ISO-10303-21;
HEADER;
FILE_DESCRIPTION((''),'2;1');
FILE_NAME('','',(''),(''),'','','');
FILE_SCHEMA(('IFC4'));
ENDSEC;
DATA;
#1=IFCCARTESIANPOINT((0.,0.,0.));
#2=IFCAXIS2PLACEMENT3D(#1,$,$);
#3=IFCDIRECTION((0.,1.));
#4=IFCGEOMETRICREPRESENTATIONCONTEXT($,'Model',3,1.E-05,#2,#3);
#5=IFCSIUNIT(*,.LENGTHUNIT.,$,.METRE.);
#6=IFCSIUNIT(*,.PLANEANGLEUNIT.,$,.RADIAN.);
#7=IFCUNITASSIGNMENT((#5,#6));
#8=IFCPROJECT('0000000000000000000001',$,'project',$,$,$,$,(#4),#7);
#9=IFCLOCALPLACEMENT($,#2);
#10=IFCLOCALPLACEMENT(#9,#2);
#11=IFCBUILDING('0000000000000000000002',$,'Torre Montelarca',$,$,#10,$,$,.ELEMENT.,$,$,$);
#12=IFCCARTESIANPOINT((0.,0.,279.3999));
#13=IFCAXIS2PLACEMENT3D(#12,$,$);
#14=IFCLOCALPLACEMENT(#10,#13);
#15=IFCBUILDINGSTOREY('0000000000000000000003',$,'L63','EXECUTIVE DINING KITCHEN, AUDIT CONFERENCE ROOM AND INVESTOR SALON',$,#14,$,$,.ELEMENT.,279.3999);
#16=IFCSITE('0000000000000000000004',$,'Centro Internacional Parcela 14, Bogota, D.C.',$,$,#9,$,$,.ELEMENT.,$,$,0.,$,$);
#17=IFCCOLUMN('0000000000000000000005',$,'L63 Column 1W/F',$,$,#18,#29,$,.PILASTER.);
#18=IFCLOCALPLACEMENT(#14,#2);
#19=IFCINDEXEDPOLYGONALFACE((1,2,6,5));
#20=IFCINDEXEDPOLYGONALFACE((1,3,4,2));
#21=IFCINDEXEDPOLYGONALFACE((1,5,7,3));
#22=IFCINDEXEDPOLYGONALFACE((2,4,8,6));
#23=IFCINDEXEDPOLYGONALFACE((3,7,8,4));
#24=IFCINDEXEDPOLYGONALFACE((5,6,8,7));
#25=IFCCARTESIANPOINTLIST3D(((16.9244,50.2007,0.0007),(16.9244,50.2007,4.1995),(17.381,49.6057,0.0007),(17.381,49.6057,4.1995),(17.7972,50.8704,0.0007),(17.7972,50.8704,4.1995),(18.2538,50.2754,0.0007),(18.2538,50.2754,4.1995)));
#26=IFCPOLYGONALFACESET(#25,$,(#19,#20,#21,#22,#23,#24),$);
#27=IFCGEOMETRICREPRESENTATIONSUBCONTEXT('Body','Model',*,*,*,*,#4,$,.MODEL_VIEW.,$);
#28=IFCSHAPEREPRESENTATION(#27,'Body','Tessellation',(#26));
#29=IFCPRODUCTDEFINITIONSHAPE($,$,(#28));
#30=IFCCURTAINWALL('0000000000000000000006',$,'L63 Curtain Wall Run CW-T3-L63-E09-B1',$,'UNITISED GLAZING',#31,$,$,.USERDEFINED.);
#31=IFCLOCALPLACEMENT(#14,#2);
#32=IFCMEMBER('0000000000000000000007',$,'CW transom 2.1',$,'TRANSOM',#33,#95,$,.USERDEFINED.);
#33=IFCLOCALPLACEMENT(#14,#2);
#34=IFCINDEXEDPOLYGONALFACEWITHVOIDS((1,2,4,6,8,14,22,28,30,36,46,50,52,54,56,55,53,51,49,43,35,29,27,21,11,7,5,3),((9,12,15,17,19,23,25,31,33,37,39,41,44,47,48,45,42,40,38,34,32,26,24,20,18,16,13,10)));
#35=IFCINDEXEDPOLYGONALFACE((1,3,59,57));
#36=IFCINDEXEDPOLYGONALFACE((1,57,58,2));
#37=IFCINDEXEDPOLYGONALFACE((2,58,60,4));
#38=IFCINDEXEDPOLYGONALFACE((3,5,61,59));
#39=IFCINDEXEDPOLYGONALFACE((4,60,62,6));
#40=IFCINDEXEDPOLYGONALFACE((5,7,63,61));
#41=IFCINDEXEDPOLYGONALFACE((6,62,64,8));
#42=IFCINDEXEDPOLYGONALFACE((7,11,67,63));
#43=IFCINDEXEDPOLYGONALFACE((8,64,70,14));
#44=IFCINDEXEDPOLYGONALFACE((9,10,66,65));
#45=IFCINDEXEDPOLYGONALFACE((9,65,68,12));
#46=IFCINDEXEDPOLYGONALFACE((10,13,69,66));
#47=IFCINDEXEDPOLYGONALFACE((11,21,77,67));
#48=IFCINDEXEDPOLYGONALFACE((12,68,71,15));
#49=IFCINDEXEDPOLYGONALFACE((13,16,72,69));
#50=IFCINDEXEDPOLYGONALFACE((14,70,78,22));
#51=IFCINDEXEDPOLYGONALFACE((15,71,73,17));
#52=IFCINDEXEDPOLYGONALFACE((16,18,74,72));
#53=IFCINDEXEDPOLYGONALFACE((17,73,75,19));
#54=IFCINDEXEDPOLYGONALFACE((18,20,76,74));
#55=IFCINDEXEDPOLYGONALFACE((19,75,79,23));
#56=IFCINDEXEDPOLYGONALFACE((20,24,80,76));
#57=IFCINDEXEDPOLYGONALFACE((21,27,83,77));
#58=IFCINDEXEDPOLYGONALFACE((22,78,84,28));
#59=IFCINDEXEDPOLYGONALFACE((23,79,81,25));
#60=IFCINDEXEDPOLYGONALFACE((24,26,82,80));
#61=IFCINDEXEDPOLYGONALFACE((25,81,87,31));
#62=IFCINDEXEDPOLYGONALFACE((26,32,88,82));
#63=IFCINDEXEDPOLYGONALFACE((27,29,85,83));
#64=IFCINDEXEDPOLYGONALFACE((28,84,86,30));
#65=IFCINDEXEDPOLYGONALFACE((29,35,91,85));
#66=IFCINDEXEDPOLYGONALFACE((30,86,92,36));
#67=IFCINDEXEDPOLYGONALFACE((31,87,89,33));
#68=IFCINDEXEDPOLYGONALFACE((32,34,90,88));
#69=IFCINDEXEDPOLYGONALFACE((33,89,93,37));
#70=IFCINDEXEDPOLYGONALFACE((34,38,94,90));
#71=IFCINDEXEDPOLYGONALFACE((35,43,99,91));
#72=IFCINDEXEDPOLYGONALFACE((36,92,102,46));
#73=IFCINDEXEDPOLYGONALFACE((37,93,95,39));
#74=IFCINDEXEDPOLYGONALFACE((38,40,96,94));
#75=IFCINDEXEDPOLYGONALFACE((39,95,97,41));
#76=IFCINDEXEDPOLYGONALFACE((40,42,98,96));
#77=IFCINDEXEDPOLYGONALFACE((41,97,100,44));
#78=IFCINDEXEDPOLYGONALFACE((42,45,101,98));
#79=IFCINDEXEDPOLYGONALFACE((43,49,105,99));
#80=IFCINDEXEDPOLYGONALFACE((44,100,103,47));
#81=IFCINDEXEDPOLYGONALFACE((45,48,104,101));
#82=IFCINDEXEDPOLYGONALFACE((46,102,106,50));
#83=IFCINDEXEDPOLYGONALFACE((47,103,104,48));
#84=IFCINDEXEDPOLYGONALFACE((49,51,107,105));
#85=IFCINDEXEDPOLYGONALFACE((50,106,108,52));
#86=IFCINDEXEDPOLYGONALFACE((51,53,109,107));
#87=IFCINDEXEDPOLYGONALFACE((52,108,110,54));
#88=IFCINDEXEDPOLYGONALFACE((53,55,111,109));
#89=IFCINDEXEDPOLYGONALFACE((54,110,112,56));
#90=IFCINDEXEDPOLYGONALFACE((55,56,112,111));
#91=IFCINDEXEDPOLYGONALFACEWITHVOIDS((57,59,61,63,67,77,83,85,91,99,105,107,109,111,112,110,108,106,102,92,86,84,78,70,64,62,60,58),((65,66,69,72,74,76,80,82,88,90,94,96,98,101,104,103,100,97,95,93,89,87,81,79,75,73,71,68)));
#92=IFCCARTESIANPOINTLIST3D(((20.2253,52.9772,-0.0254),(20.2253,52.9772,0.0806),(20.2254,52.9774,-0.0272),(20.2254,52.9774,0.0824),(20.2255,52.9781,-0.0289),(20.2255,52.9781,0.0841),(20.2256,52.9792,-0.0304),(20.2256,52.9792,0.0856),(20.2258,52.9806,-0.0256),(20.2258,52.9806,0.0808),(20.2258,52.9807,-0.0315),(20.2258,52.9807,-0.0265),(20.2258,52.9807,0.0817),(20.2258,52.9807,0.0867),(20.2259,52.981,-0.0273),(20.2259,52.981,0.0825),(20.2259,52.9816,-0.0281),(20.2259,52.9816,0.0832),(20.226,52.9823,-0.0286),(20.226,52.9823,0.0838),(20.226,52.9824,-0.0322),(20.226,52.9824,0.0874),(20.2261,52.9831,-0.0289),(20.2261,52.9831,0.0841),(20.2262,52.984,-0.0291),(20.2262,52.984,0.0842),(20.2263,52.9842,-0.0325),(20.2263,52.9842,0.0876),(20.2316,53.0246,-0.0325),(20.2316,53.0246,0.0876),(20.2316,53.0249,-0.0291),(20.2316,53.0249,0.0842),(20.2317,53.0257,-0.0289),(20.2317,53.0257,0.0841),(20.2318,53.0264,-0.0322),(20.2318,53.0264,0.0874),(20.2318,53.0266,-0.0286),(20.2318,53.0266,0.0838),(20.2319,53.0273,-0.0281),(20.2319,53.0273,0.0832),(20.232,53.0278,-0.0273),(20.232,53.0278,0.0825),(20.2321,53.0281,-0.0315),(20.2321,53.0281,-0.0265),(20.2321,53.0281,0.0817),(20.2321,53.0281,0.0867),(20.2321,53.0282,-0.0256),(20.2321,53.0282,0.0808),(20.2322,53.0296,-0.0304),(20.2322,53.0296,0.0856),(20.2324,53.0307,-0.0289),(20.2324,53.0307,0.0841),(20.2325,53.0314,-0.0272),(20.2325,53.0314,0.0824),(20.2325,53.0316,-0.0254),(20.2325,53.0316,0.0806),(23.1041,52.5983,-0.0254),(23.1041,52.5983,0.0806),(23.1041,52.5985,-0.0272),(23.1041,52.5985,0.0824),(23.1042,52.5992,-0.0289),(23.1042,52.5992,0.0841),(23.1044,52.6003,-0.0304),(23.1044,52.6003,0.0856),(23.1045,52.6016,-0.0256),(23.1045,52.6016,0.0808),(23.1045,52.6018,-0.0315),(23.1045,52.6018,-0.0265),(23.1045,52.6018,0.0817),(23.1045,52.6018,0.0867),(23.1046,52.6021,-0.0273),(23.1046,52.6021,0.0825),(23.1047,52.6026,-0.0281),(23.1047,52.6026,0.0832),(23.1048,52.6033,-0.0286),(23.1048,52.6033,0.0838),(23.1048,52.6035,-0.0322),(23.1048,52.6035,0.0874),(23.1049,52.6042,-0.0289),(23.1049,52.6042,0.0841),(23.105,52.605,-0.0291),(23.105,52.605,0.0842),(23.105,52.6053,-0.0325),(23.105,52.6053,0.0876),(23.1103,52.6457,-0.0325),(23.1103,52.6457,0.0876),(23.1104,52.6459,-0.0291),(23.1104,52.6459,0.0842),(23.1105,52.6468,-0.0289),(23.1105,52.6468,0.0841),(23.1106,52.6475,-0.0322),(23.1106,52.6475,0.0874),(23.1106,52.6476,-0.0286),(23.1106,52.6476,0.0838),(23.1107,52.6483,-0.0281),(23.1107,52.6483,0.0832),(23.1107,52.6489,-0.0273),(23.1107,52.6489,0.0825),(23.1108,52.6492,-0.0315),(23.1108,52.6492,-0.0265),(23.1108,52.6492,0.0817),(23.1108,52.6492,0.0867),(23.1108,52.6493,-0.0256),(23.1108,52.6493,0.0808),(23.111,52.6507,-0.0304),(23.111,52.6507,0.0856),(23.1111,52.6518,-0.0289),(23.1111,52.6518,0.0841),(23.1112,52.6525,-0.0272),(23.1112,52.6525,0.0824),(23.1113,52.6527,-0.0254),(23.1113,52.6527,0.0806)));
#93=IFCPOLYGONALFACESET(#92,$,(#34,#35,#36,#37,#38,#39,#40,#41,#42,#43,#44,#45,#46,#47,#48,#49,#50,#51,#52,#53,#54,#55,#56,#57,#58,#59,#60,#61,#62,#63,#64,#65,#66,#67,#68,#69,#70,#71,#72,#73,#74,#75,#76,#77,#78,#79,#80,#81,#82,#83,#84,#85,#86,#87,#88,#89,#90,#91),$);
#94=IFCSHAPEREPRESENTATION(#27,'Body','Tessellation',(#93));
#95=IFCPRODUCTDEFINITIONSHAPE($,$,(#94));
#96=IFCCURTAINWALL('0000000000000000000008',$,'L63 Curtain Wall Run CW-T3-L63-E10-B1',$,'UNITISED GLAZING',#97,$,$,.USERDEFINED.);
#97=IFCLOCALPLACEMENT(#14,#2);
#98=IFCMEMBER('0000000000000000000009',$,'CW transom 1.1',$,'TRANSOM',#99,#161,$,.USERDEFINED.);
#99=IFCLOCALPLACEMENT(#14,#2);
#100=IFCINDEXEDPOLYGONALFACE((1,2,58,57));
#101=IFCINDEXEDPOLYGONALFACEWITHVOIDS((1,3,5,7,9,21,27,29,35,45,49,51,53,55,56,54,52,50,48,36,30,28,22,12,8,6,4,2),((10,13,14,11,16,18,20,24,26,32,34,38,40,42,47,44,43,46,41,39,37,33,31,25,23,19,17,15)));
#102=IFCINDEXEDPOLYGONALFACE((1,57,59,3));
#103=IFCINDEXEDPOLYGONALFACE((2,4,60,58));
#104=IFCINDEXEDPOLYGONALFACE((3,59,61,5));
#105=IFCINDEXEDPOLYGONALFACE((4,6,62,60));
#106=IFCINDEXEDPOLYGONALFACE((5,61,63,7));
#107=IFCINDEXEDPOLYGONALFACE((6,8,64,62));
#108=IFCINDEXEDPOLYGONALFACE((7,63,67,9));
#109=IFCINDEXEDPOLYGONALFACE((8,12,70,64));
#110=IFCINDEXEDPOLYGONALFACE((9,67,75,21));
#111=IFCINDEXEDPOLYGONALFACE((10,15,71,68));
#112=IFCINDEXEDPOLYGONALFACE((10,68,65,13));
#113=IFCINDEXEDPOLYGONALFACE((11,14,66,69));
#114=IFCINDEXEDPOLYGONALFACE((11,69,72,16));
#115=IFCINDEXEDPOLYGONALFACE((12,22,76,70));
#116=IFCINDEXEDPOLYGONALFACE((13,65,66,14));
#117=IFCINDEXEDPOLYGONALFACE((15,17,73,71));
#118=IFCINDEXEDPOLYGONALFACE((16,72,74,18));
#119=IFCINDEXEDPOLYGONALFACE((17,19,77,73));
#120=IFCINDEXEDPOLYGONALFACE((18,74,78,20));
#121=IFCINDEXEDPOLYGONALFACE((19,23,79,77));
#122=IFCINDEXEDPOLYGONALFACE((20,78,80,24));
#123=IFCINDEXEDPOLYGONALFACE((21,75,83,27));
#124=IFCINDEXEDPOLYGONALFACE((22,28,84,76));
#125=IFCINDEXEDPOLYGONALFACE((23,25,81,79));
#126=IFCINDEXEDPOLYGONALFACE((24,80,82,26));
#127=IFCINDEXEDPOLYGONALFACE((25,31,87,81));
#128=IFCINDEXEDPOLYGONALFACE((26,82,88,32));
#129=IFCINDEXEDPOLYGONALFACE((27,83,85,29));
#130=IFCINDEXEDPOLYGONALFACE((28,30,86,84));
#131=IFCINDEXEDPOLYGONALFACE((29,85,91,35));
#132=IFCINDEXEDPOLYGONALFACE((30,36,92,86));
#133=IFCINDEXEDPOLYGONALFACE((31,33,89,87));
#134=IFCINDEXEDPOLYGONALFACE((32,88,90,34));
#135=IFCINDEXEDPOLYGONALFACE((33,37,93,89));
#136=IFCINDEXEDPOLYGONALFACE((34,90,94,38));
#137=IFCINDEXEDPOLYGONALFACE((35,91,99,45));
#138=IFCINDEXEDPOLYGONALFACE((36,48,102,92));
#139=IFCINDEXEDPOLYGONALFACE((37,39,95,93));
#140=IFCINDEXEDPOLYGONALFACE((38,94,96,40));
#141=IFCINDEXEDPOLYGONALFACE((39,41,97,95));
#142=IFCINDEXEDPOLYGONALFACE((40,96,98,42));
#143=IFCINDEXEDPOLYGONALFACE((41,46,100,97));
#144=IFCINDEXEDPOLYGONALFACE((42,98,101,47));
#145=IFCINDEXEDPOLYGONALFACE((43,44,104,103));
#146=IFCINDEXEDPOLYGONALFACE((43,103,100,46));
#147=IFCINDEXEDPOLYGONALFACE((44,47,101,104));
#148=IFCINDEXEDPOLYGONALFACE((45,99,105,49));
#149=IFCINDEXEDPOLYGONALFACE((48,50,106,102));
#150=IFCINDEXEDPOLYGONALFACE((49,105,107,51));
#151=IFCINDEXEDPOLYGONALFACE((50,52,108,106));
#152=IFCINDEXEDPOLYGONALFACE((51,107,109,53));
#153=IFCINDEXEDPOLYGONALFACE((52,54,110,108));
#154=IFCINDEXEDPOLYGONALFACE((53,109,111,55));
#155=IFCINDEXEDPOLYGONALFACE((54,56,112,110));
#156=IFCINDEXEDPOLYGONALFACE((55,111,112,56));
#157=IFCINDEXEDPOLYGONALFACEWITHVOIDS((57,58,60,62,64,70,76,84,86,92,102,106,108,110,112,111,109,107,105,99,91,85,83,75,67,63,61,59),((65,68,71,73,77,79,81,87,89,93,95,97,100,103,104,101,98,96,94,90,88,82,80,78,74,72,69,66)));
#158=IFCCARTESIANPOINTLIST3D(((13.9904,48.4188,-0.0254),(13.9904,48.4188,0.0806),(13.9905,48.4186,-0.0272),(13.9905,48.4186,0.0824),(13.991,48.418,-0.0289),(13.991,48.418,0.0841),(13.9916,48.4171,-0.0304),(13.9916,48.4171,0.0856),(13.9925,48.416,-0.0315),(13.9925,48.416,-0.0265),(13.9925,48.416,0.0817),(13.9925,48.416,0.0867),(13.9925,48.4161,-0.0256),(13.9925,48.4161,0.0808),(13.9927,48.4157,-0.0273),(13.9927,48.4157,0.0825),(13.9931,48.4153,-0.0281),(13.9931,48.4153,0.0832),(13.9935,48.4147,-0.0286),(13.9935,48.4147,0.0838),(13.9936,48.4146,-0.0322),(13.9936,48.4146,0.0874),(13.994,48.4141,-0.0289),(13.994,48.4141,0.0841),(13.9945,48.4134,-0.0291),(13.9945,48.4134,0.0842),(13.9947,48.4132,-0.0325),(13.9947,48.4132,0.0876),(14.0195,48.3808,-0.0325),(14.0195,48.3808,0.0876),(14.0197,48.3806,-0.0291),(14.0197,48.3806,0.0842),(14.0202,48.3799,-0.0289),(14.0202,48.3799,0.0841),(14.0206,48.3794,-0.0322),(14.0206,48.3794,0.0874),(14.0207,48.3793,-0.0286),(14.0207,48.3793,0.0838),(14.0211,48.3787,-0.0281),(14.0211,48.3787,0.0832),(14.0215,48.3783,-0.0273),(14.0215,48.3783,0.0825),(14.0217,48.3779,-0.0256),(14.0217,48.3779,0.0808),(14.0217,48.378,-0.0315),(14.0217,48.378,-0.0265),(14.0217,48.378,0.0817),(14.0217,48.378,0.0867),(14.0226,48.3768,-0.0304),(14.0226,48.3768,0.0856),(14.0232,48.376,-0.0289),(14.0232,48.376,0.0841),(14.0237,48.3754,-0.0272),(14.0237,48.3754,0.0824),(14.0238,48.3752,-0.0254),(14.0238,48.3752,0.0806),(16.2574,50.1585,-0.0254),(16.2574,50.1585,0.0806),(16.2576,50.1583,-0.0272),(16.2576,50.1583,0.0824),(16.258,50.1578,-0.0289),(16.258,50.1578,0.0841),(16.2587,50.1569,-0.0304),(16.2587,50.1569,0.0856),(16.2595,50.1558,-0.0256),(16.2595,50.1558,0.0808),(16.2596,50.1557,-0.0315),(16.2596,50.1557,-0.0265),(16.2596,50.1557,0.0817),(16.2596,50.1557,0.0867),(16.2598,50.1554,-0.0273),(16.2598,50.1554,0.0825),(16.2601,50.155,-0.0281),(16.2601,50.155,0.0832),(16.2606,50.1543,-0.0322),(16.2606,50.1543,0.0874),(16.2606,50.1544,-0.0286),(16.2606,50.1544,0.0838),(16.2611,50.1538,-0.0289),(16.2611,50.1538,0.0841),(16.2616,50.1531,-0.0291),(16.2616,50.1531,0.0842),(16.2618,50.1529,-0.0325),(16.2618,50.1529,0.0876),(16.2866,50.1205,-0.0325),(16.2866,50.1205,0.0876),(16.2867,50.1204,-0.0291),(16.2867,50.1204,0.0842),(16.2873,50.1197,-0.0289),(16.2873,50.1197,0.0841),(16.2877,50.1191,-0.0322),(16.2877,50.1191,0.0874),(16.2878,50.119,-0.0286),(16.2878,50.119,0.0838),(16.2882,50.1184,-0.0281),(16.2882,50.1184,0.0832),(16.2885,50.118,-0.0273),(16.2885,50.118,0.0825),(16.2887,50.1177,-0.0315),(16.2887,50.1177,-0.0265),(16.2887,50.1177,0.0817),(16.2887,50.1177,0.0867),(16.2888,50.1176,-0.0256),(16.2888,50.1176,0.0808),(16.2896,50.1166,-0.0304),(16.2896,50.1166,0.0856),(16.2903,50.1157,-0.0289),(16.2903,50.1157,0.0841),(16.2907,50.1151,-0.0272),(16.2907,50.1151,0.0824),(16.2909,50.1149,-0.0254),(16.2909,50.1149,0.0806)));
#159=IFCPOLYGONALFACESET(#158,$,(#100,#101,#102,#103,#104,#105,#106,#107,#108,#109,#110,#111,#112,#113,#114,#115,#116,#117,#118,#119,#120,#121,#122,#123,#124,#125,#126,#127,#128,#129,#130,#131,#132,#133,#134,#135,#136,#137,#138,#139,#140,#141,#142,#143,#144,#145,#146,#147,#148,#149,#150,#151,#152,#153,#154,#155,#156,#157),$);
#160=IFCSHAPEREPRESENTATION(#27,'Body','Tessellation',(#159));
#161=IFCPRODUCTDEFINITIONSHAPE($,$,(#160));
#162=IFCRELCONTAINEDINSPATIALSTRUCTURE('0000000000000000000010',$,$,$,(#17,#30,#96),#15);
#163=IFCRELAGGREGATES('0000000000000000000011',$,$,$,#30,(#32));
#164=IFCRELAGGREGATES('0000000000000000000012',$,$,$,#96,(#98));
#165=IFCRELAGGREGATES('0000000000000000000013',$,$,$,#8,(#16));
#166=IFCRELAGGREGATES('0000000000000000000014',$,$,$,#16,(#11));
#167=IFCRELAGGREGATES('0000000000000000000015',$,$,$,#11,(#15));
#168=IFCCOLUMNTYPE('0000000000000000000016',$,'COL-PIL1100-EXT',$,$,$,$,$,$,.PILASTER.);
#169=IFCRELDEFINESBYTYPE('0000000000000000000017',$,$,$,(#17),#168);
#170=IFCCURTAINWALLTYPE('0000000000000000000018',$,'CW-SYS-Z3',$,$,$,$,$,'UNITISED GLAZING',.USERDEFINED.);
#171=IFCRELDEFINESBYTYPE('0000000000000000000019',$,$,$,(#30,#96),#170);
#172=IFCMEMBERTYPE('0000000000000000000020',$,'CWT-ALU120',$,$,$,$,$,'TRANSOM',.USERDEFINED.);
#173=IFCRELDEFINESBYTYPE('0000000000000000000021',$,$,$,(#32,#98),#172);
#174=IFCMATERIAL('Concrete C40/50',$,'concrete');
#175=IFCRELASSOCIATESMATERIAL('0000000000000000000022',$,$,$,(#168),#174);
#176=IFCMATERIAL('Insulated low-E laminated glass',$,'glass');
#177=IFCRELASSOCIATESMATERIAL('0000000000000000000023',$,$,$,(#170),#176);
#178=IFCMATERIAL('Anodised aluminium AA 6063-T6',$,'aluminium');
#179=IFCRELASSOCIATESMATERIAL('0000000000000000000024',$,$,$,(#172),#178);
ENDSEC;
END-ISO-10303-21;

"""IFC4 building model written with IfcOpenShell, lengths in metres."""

from ifc_helpers import new_model, si_unit, direction, frame, origin, origin_2d, place, context, subcontext, project, spatial, rectangle, hollow_rectangle, extrude, source, transform, mapped, material, material_profile, profile_set, type_object, element, aggregate, save


model = new_model("IFC4")

# Units and contexts
model_context = context("Model", 3, precision=1e-05, world=origin(), true_north=direction((0.0, 1.0)))
body_context = subcontext(model_context, "Body", "Model", "MODEL_VIEW")
ifc_project = project(units=[si_unit("LENGTHUNIT", "METRE"), si_unit("PLANEANGLEUNIT", "RADIAN")], contexts=[model_context])

# Site, building, storey
site_placement = place(None, origin())
site = spatial("IfcSite", under=ifc_project, at=site_placement, Name="Centro Internacional Parcela 14, Bogota, D.C.", CompositionType="ELEMENT", RefElevation=0.0)
building_placement = place(site_placement, origin())
building = spatial("IfcBuilding", under=site, at=building_placement, Name="Torre Montelarca", CompositionType="ELEMENT")
storey_placement = place(building_placement, frame((0.0, 0.0, 279.3999)))
storey = spatial("IfcBuildingStorey", under=building, at=storey_placement, Name="L63", Description="EXECUTIVE DINING KITCHEN, AUDIT CONFERENCE ROOM AND INVESTOR SALON", CompositionType="ELEMENT", Elevation=279.3999)

# Column
ifc_material_1 = material(Name="Concrete C40/50", Category="concrete")
ifc_material_profile_1 = material_profile(ifc_material_1, rectangle(XDim=0.75, YDim=1.1001, at=origin_2d()), Name="RC1100X750", Category="concrete")
ifc_profile_set_1 = profile_set([ifc_material_profile_1], Name="Concrete C40/50")
column_type = type_object("IfcColumnType", Name="COL-PIL1100-EXT", PredefinedType="PILASTER", material=ifc_profile_set_1)
shared_shape_1 = source(origin(), body_context, "Body", "SweptSolid", [
    extrude(rectangle(XDim=0.75, YDim=1.1001, at=origin_2d()), origin(), (0.0, 0.0, 1.0), 4.1987),
])
column_placement = place(storey_placement, frame((17.5891, 50.238, 0.0007), z_axis=(0.0, 0.0, 1.0), x_axis=(-0.608761, 0.793353, 0.0)))
element("IfcColumn", 1, at=column_placement, inside=storey, type_object=column_type, Name="L63 Column 1W/F", PredefinedType="PILASTER", context=body_context, shape_type="MappedRepresentation", body=[
    mapped(shared_shape_1, transform((0.0, 0.0, 0.0), scale=1.0)),
])

# Curtain wall, member
ifc_material_2 = material(Name="Insulated low-E laminated glass", Category="glass")
curtain_wall_type = type_object("IfcCurtainWallType", Name="CW-SYS-Z3", ElementType="UNITISED GLAZING", PredefinedType="USERDEFINED", material=ifc_material_2)
curtain_wall_1_placement = place(storey_placement, origin())
curtain_wall_1 = element("IfcCurtainWall", 2, at=curtain_wall_1_placement, inside=storey, type_object=curtain_wall_type, Name="L63 Curtain Wall Run CW-T3-L63-E09-B1", ObjectType="UNITISED GLAZING", PredefinedType="USERDEFINED")
ifc_material_3 = material(Name="Anodised aluminium AA 6063-T6", Category="aluminium")
ifc_material_profile_2 = material_profile(ifc_material_3, hollow_rectangle(XDim=0.0549, YDim=0.1201, WallThickness=0.0034, InnerFilletRadius=0.0034, OuterFilletRadius=0.0071, at=origin_2d()), Name="ALU55X120X3.5", Category="aluminium")
ifc_profile_set_2 = profile_set([ifc_material_profile_2], Name="Anodised aluminium AA 6063-T6")
member_type_1 = type_object("IfcMemberType", Name="CWT-ALU120", ElementType="TRANSOM", PredefinedType="USERDEFINED", material=ifc_profile_set_2)
shared_shape_2 = source(origin(), body_context, "Body", "SweptSolid", [
    extrude(hollow_rectangle(XDim=0.0549, YDim=0.1201, WallThickness=0.0034, InnerFilletRadius=0.0034, OuterFilletRadius=0.0071, at=origin_2d()), origin(), (0.0, 0.0, 1.0), 2.9036),
])
member_1_placement = place(storey_placement, frame((23.1077, 52.6255, 0.0276), z_axis=(-0.991448, 0.1305, 0.0), x_axis=(-0.1305, -0.991448, 0.0)))
member_1 = element("IfcMember", 3, at=member_1_placement, type_object=member_type_1, Name="CW transom 2.1", ObjectType="TRANSOM", PredefinedType="USERDEFINED", context=body_context, shape_type="MappedRepresentation", body=[
    mapped(shared_shape_2, transform((0.0, 0.0, 0.0), scale=1.0)),
])

# Curtain wall, member
curtain_wall_2_placement = place(storey_placement, origin())
curtain_wall_2 = element("IfcCurtainWall", 4, at=curtain_wall_2_placement, inside=storey, type_object=curtain_wall_type, Name="L63 Curtain Wall Run CW-T3-L63-E10-B1", ObjectType="UNITISED GLAZING", PredefinedType="USERDEFINED")
shared_shape_3 = source(origin(), body_context, "Body", "SweptSolid", [
    extrude(hollow_rectangle(XDim=0.0549, YDim=0.1201, WallThickness=0.0034, InnerFilletRadius=0.0034, OuterFilletRadius=0.0071, at=origin_2d()), origin(), (0.0, 0.0, 1.0), 2.8577),
])
member_2_placement = place(storey_placement, frame((16.2742, 50.1367, 0.0276), z_axis=(-0.793329, -0.608794, 0.0), x_axis=(0.608794, -0.793329, 0.0)))
member_2 = element("IfcMember", 5, at=member_2_placement, type_object=member_type_1, Name="CW transom 1.1", ObjectType="TRANSOM", PredefinedType="USERDEFINED", context=body_context, shape_type="MappedRepresentation", body=[
    mapped(shared_shape_3, transform((0.0, 0.0, 0.0), scale=1.0)),
])

aggregate(curtain_wall_1, [member_1])
aggregate(curtain_wall_2, [member_2])

save(model, "model.ifc")
